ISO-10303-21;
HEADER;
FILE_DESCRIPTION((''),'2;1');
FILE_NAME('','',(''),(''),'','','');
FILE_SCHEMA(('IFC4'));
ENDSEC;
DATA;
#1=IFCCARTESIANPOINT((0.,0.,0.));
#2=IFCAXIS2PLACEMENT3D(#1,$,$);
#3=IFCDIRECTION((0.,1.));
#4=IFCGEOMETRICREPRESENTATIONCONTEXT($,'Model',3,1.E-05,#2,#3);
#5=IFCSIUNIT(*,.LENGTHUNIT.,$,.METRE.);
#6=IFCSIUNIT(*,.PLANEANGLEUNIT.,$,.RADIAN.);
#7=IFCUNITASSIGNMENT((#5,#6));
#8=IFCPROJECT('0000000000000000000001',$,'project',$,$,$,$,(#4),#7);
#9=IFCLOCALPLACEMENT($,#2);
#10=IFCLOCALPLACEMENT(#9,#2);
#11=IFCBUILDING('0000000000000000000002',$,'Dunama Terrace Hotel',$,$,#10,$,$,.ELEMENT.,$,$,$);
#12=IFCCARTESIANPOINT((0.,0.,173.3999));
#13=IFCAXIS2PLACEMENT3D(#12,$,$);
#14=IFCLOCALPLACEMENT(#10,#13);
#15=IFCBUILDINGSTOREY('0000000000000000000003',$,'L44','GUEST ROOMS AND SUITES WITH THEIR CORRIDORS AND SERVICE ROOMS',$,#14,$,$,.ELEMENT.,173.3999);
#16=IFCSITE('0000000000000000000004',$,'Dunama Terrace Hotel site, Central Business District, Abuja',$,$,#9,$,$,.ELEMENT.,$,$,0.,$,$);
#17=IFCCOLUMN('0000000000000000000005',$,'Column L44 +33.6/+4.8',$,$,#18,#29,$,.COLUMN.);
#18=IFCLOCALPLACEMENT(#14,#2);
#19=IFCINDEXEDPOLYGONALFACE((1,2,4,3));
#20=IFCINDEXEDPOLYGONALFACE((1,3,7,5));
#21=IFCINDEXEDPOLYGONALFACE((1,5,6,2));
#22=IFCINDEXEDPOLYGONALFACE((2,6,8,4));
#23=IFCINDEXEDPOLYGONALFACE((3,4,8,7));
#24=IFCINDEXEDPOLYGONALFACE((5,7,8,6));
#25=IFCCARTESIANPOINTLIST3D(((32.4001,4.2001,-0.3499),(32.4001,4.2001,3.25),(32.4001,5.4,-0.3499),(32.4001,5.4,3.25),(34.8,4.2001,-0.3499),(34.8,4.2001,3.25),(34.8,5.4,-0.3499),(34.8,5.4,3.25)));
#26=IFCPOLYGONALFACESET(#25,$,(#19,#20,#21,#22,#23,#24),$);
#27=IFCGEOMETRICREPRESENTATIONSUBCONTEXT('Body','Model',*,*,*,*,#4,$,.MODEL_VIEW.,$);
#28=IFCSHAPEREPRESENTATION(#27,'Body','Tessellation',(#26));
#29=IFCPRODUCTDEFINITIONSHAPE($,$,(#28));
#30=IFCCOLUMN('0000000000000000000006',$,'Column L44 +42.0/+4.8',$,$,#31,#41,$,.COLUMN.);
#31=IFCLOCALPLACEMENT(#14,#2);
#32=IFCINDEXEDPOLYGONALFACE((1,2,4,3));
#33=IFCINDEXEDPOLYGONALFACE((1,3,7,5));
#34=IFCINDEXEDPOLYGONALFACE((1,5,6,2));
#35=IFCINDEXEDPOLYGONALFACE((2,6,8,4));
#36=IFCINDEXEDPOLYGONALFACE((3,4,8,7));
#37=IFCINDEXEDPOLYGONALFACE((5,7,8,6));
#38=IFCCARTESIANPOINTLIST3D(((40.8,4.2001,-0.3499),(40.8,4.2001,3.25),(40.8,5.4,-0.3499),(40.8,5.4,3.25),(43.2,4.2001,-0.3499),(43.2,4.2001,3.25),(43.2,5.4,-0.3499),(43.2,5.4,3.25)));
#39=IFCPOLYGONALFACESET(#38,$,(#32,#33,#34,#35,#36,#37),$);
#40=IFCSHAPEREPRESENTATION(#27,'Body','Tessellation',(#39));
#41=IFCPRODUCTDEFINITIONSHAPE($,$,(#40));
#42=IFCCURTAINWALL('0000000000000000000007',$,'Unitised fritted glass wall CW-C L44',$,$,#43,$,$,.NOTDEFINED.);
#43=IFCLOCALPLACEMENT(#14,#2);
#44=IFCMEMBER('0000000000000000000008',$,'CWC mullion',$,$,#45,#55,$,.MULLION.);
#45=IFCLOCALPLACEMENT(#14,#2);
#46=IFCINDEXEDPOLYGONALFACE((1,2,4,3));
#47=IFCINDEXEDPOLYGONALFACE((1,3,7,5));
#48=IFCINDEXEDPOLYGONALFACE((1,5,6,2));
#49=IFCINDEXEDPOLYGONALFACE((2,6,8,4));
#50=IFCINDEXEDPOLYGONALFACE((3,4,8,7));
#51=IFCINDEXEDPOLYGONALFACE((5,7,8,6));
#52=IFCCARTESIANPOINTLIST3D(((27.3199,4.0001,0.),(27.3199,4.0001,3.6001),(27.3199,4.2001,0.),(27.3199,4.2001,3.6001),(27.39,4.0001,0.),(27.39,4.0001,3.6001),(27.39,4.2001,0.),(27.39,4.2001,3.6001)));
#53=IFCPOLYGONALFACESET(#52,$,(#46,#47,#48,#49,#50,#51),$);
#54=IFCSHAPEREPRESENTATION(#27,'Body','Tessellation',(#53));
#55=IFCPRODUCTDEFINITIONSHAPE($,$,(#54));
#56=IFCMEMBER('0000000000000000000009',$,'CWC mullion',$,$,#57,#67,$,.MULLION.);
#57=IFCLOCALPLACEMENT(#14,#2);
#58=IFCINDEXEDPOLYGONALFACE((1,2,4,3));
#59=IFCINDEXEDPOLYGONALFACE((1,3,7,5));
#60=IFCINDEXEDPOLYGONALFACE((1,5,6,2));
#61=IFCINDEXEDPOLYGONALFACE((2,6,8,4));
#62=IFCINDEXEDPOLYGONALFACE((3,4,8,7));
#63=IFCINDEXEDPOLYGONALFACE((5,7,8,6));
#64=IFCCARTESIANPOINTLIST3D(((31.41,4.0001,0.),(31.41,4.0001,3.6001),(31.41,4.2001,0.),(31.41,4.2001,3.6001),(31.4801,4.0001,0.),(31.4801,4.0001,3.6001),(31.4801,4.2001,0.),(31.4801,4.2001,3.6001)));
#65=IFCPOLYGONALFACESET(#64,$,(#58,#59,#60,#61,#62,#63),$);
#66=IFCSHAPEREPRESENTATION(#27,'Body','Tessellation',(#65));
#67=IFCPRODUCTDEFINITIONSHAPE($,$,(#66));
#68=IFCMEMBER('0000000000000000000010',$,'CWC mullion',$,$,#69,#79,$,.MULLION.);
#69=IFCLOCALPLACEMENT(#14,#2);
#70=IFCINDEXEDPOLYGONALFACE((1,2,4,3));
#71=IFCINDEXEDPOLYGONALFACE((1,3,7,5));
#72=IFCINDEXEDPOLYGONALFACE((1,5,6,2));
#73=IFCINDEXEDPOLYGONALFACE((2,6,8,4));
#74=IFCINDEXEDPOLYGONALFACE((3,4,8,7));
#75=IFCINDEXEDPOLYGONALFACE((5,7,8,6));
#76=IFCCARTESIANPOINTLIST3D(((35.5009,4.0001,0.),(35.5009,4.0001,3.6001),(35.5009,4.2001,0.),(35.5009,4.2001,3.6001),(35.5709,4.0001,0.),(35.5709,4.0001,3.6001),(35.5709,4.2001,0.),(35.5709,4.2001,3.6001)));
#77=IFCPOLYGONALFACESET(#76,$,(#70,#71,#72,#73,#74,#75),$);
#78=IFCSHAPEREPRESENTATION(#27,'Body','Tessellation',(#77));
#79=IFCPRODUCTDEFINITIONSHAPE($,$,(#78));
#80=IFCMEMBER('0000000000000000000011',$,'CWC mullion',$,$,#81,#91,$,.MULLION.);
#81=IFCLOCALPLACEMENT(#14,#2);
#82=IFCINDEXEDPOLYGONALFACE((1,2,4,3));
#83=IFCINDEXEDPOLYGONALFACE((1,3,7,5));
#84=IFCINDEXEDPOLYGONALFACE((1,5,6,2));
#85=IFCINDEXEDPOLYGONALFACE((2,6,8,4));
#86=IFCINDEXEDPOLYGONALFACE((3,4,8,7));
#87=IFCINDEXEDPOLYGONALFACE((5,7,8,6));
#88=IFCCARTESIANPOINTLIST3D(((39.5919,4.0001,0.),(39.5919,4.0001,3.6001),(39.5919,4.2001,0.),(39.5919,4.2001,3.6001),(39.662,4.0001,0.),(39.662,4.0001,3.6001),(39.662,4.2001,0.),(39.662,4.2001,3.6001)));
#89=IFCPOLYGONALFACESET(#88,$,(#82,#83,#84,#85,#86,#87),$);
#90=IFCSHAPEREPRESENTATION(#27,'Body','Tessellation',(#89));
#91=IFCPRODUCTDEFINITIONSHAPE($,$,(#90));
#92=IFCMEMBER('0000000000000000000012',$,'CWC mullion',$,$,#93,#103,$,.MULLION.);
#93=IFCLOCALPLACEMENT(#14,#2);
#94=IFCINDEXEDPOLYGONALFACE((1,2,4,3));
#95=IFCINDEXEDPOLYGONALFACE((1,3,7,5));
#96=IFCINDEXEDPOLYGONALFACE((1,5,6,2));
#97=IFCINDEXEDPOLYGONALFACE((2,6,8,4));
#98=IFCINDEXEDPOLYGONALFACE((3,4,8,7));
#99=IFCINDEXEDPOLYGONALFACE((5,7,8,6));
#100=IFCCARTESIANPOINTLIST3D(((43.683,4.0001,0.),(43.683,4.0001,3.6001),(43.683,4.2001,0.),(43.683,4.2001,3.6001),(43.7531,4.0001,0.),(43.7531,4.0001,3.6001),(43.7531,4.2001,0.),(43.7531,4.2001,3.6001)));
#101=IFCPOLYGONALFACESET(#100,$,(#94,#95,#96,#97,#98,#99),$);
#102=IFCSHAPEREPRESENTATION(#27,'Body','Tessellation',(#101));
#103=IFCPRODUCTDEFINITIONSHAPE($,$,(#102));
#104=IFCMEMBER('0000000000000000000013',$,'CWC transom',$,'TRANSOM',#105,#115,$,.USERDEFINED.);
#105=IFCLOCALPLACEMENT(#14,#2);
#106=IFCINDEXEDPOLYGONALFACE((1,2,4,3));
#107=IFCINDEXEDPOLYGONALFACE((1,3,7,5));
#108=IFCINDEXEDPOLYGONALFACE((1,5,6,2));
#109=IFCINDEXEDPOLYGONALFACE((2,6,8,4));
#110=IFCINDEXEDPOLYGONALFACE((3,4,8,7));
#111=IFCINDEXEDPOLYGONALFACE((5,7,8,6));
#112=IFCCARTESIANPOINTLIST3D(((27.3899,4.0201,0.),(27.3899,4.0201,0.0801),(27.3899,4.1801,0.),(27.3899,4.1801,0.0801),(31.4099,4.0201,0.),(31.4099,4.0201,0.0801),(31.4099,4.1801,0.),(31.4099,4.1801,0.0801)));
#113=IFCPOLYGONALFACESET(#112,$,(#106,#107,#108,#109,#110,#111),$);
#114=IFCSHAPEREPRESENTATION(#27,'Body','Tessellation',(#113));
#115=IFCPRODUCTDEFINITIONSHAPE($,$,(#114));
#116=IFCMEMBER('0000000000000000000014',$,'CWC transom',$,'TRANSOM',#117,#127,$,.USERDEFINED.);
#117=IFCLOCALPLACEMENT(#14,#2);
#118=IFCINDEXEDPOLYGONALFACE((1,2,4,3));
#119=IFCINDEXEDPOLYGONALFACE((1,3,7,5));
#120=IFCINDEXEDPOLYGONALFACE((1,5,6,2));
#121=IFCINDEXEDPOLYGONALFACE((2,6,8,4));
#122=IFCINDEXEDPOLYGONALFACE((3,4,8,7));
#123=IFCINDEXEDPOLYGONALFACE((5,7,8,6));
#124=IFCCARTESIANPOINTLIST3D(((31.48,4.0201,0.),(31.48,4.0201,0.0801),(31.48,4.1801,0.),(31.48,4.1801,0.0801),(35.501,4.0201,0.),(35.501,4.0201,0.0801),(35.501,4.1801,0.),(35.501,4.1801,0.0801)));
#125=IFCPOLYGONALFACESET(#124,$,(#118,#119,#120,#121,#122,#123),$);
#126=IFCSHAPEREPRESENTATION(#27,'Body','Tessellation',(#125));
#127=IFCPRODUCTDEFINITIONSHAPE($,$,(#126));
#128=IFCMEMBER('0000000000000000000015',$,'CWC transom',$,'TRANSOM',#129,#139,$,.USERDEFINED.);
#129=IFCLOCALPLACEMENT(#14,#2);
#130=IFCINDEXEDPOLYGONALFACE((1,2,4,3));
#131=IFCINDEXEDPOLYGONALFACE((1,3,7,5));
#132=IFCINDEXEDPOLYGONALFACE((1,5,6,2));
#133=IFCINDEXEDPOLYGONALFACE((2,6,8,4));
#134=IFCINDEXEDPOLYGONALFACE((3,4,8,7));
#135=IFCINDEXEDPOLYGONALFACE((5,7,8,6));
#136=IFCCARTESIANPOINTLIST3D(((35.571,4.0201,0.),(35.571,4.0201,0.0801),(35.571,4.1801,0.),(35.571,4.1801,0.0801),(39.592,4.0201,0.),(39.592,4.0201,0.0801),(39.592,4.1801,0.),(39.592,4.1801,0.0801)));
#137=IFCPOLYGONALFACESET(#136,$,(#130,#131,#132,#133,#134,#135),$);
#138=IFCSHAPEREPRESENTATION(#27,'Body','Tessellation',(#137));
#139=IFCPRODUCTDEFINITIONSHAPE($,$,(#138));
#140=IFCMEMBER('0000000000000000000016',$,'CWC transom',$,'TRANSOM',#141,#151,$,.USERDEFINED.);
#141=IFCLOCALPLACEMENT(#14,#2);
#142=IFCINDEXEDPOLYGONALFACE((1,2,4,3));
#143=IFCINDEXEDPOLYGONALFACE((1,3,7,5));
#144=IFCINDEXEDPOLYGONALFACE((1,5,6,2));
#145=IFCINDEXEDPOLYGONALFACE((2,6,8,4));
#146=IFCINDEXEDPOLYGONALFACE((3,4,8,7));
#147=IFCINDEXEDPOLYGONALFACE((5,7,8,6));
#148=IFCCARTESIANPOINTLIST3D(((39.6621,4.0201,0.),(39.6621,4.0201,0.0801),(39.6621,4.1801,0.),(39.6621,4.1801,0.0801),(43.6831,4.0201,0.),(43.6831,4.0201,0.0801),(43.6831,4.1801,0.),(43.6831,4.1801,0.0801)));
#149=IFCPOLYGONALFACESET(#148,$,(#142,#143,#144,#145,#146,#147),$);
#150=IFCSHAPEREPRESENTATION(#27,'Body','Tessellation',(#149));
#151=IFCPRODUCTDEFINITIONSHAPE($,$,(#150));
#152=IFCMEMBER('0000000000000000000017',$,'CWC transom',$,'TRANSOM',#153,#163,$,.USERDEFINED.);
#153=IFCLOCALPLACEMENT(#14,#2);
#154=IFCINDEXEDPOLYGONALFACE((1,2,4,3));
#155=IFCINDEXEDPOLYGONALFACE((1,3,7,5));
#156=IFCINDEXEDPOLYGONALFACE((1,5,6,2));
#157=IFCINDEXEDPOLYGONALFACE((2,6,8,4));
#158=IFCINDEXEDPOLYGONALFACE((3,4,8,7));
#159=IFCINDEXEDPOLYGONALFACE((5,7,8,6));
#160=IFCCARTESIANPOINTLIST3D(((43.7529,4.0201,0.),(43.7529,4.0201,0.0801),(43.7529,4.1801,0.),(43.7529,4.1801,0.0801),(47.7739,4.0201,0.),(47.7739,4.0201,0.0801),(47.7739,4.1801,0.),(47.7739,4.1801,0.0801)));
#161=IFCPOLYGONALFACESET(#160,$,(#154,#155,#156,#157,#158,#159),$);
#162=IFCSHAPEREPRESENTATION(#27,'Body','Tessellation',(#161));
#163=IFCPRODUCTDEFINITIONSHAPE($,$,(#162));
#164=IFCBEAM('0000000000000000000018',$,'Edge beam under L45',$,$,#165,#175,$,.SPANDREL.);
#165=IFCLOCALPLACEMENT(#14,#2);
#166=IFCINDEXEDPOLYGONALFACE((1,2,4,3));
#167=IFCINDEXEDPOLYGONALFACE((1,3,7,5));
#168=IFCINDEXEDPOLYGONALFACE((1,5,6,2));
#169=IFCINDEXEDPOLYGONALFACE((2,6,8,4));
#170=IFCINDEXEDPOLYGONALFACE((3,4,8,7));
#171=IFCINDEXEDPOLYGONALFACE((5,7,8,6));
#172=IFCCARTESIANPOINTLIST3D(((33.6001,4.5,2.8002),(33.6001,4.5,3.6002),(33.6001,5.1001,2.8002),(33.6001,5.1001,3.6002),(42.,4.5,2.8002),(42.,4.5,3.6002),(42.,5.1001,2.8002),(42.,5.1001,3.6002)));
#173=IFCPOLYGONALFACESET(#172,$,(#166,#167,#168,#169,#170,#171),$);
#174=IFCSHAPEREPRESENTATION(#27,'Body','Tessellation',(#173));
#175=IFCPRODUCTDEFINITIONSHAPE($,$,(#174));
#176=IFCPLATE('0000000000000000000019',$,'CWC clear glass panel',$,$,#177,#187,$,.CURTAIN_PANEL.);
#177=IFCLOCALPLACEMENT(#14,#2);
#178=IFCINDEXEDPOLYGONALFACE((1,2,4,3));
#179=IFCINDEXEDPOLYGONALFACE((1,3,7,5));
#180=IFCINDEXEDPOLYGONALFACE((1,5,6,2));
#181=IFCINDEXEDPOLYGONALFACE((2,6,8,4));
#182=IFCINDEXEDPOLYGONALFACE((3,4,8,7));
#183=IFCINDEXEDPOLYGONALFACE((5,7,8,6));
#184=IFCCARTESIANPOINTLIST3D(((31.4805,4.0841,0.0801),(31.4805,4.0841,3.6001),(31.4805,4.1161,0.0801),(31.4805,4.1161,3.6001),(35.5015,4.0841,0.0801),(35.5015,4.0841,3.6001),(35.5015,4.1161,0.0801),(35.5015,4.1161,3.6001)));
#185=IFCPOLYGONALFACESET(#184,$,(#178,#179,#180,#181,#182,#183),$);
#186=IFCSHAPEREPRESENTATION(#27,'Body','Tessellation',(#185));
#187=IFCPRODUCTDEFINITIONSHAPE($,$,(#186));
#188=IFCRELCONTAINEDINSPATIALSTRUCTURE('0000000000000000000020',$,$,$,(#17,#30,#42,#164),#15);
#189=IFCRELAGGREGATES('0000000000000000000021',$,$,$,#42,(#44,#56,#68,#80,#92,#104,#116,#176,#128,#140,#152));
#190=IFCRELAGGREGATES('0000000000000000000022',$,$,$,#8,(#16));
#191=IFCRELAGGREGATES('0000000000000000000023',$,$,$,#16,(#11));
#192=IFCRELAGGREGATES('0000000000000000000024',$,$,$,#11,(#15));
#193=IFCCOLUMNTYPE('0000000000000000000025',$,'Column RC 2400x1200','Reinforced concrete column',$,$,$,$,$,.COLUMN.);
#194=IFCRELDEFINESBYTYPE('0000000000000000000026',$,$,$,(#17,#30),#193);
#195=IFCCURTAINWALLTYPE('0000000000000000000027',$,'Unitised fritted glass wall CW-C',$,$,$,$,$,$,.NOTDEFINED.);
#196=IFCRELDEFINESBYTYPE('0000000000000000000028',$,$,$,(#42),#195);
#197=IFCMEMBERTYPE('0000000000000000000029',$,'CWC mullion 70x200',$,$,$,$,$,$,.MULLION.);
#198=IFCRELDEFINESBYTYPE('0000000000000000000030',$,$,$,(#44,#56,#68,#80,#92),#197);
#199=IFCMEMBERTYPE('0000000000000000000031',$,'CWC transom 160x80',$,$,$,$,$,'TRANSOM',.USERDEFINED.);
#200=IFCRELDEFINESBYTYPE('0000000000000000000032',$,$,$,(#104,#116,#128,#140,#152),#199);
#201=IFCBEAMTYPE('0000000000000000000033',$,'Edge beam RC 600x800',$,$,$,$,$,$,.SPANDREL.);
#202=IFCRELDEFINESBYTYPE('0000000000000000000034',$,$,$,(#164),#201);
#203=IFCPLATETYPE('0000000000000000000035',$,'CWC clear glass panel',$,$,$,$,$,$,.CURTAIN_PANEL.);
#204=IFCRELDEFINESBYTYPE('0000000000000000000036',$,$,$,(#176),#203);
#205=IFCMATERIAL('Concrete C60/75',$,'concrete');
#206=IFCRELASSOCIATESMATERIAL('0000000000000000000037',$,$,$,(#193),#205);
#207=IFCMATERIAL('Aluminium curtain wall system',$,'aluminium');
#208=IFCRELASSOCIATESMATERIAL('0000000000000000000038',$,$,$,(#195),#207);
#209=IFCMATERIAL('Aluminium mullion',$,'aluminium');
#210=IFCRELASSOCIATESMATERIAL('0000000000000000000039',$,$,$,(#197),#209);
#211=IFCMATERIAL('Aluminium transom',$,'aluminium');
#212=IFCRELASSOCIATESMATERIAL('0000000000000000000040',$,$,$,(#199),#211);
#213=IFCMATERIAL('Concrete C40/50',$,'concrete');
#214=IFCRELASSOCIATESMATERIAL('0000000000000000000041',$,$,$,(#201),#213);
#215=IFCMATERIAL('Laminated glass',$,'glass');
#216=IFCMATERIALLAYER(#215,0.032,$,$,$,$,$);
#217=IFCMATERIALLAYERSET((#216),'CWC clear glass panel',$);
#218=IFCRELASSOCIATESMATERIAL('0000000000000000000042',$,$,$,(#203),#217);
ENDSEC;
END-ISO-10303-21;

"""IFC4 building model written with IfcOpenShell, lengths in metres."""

from ifc_helpers import new_model, si_unit, direction, frame, origin, origin_2d, place, context, subcontext, project, spatial, rectangle, extrude, material, layer, layer_set, material_profile, profile_set, type_object, element, aggregate, save


model = new_model("IFC4")

# Units and contexts
model_context = context("Model", 3, precision=1e-05, world=origin(), true_north=direction((0.0, 1.0)))
body_context = subcontext(model_context, "Body", "Model", "MODEL_VIEW")
ifc_project = project(units=[si_unit("LENGTHUNIT", "METRE"), si_unit("PLANEANGLEUNIT", "RADIAN")], contexts=[model_context])

# Site, building, storey
site_placement = place(None, origin())
site = spatial("IfcSite", under=ifc_project, at=site_placement, Name="Dunama Terrace Hotel site, Central Business District, Abuja", CompositionType="ELEMENT", RefElevation=0.0)
building_placement = place(site_placement, origin())
building = spatial("IfcBuilding", under=site, at=building_placement, Name="Dunama Terrace Hotel", CompositionType="ELEMENT")
storey_placement = place(building_placement, frame((0.0, 0.0, 173.3999)))
storey = spatial("IfcBuildingStorey", under=building, at=storey_placement, Name="L44", Description="GUEST ROOMS AND SUITES WITH THEIR CORRIDORS AND SERVICE ROOMS", CompositionType="ELEMENT", Elevation=173.3999)

# Columns
ifc_material_1 = material(Name="Concrete C60/75", Category="concrete")
ifc_material_profile_1 = material_profile(ifc_material_1, rectangle(XDim=2.3999, YDim=1.2, at=origin_2d()), Name="RC 2400x1200")
ifc_profile_set_1 = profile_set([ifc_material_profile_1], Name="Concrete C60/75")
column_type = type_object("IfcColumnType", Name="Column RC 2400x1200", Description="Reinforced concrete column", PredefinedType="COLUMN", material=ifc_profile_set_1)
for number, where, z_axis, x_axis, name in (
    (1, (33.6001, 4.8, -0.3499), (0.0, 0.0, 1.0), (1.0, 0.0, 0.0), "Column L44 +33.6/+4.8"),
    (2, (42.0, 4.8, -0.3499), (0.0, 0.0, 1.0), (1.0, 0.0, 0.0), "Column L44 +42.0/+4.8"),
):
    element("IfcColumn", number, at=place(storey_placement, frame(where, z_axis=z_axis, x_axis=x_axis)), inside=storey, type_object=column_type, Name=name, PredefinedType="COLUMN", context=body_context, shape_type="SweptSolid", body=[
        extrude(rectangle(XDim=2.3999, YDim=1.2, at=origin_2d()), origin(), (0.0, 0.0, 1.0), 3.5999),
    ])

# Curtain wall, members
ifc_material_2 = material(Name="Aluminium curtain wall system", Category="aluminium")
curtain_wall_type = type_object("IfcCurtainWallType", Name="Unitised fritted glass wall CW-C", PredefinedType="NOTDEFINED", material=ifc_material_2)
curtain_wall_placement = place(storey_placement, origin())
curtain_wall = element("IfcCurtainWall", 3, at=curtain_wall_placement, inside=storey, type_object=curtain_wall_type, Name="Unitised fritted glass wall CW-C L44", PredefinedType="NOTDEFINED")
ifc_material_3 = material(Name="Aluminium mullion", Category="aluminium")
ifc_material_profile_2 = material_profile(ifc_material_3, rectangle(XDim=0.0701, YDim=0.2, at=origin_2d()), Name="CWC MULLION 70X200")
ifc_profile_set_2 = profile_set([ifc_material_profile_2], Name="Aluminium mullion")
member_type_1 = type_object("IfcMemberType", Name="CWC mullion 70x200", PredefinedType="MULLION", material=ifc_profile_set_2)
member_1_placement = place(storey_placement, frame((27.355, 4.1001, 0.0), z_axis=(0.0, 0.0, 1.0), x_axis=(1.0, 0.0, 0.0)))
member_1 = element("IfcMember", 4, at=member_1_placement, type_object=member_type_1, Name="CWC mullion", PredefinedType="MULLION", context=body_context, shape_type="SweptSolid", body=[
    extrude(rectangle(XDim=0.0701, YDim=0.2, at=origin_2d()), origin(), (0.0, 0.0, 1.0), 3.6001),
])
member_2_placement = place(storey_placement, frame((31.4451, 4.1001, 0.0), z_axis=(0.0, 0.0, 1.0), x_axis=(1.0, 0.0, 0.0)))
member_2 = element("IfcMember", 5, at=member_2_placement, type_object=member_type_1, Name="CWC mullion", PredefinedType="MULLION", context=body_context, shape_type="SweptSolid", body=[
    extrude(rectangle(XDim=0.0701, YDim=0.2, at=origin_2d()), origin(), (0.0, 0.0, 1.0), 3.6001),
])
member_3_placement = place(storey_placement, frame((35.5359, 4.1001, 0.0), z_axis=(0.0, 0.0, 1.0), x_axis=(1.0, 0.0, 0.0)))
member_3 = element("IfcMember", 6, at=member_3_placement, type_object=member_type_1, Name="CWC mullion", PredefinedType="MULLION", context=body_context, shape_type="SweptSolid", body=[
    extrude(rectangle(XDim=0.0701, YDim=0.2, at=origin_2d()), origin(), (0.0, 0.0, 1.0), 3.6001),
])
member_4_placement = place(storey_placement, frame((39.627, 4.1001, 0.0), z_axis=(0.0, 0.0, 1.0), x_axis=(1.0, 0.0, 0.0)))
member_4 = element("IfcMember", 7, at=member_4_placement, type_object=member_type_1, Name="CWC mullion", PredefinedType="MULLION", context=body_context, shape_type="SweptSolid", body=[
    extrude(rectangle(XDim=0.0701, YDim=0.2, at=origin_2d()), origin(), (0.0, 0.0, 1.0), 3.6001),
])
member_5_placement = place(storey_placement, frame((43.718, 4.1001, 0.0), z_axis=(0.0, 0.0, 1.0), x_axis=(1.0, 0.0, 0.0)))
member_5 = element("IfcMember", 8, at=member_5_placement, type_object=member_type_1, Name="CWC mullion", PredefinedType="MULLION", context=body_context, shape_type="SweptSolid", body=[
    extrude(rectangle(XDim=0.0701, YDim=0.2, at=origin_2d()), origin(), (0.0, 0.0, 1.0), 3.6001),
])
ifc_material_4 = material(Name="Aluminium transom", Category="aluminium")
ifc_material_profile_3 = material_profile(ifc_material_4, rectangle(XDim=0.1599, YDim=0.0801, at=origin_2d()), Name="CWC TRANSOM 160X80")
ifc_profile_set_3 = profile_set([ifc_material_profile_3], Name="Aluminium transom")
member_type_2 = type_object("IfcMemberType", Name="CWC transom 160x80", ElementType="TRANSOM", PredefinedType="USERDEFINED", material=ifc_profile_set_3)
member_6_placement = place(storey_placement, frame((27.3899, 4.1001, 0.04), z_axis=(1.0, 0.0, 0.0), x_axis=(0.0, 1.0, 0.0)))
member_6 = element("IfcMember", 9, at=member_6_placement, type_object=member_type_2, Name="CWC transom", ObjectType="TRANSOM", PredefinedType="USERDEFINED", context=body_context, shape_type="SweptSolid", body=[
    extrude(rectangle(XDim=0.1599, YDim=0.0801, at=origin_2d()), origin(), (0.0, 0.0, 1.0), 4.02),
])
member_7_placement = place(storey_placement, frame((31.48, 4.1001, 0.04), z_axis=(1.0, 0.0, 0.0), x_axis=(0.0, 1.0, 0.0)))
member_7 = element("IfcMember", 10, at=member_7_placement, type_object=member_type_2, Name="CWC transom", ObjectType="TRANSOM", PredefinedType="USERDEFINED", context=body_context, shape_type="SweptSolid", body=[
    extrude(rectangle(XDim=0.1599, YDim=0.0801, at=origin_2d()), origin(), (0.0, 0.0, 1.0), 4.021),
])
member_8_placement = place(storey_placement, frame((35.571, 4.1001, 0.04), z_axis=(1.0, 0.0, 0.0), x_axis=(0.0, 1.0, 0.0)))
member_8 = element("IfcMember", 11, at=member_8_placement, type_object=member_type_2, Name="CWC transom", ObjectType="TRANSOM", PredefinedType="USERDEFINED", context=body_context, shape_type="SweptSolid", body=[
    extrude(rectangle(XDim=0.1599, YDim=0.0801, at=origin_2d()), origin(), (0.0, 0.0, 1.0), 4.021),
])
member_9_placement = place(storey_placement, frame((39.6621, 4.1001, 0.04), z_axis=(1.0, 0.0, 0.0), x_axis=(0.0, 1.0, 0.0)))
member_9 = element("IfcMember", 12, at=member_9_placement, type_object=member_type_2, Name="CWC transom", ObjectType="TRANSOM", PredefinedType="USERDEFINED", context=body_context, shape_type="SweptSolid", body=[
    extrude(rectangle(XDim=0.1599, YDim=0.0801, at=origin_2d()), origin(), (0.0, 0.0, 1.0), 4.021),
])
member_10_placement = place(storey_placement, frame((43.7529, 4.1001, 0.04), z_axis=(1.0, 0.0, 0.0), x_axis=(0.0, 1.0, 0.0)))
member_10 = element("IfcMember", 13, at=member_10_placement, type_object=member_type_2, Name="CWC transom", ObjectType="TRANSOM", PredefinedType="USERDEFINED", context=body_context, shape_type="SweptSolid", body=[
    extrude(rectangle(XDim=0.1599, YDim=0.0801, at=origin_2d()), origin(), (0.0, 0.0, 1.0), 4.021),
])

# Beam
ifc_material_5 = material(Name="Concrete C40/50", Category="concrete")
ifc_material_profile_4 = material_profile(ifc_material_5, rectangle(XDim=0.6001, YDim=0.8, at=origin_2d()), Name="RC 600x800")
ifc_profile_set_4 = profile_set([ifc_material_profile_4], Name="Concrete C40/50")
beam_type = type_object("IfcBeamType", Name="Edge beam RC 600x800", PredefinedType="SPANDREL", material=ifc_profile_set_4)
beam_placement = place(storey_placement, frame((33.6001, 4.8, 3.2002), z_axis=(1.0, 0.0, 0.0), x_axis=(0.0, 1.0, 0.0)))
element("IfcBeam", 14, at=beam_placement, inside=storey, type_object=beam_type, Name="Edge beam under L45", PredefinedType="SPANDREL", context=body_context, shape_type="SweptSolid", body=[
    extrude(rectangle(XDim=0.6001, YDim=0.8, at=origin_2d()), origin(), (0.0, 0.0, 1.0), 8.3999),
])

# Plate
ifc_material_6 = material(Name="Laminated glass", Category="glass")
ifc_layer_1 = layer(ifc_material_6, 0.032)
ifc_layer_set_1 = layer_set([ifc_layer_1], Name="CWC clear glass panel")
plate_type_1 = type_object("IfcPlateType", Name="CWC clear glass panel", PredefinedType="CURTAIN_PANEL", material=ifc_layer_set_1)
plate_1_placement = place(storey_placement, frame((33.491, 4.1001, 0.0801), z_axis=(0.0, 0.0, 1.0), x_axis=(1.0, 0.0, 0.0)))
plate_1 = element("IfcPlate", 15, at=plate_1_placement, type_object=plate_type_1, Name="CWC clear glass panel", PredefinedType="CURTAIN_PANEL", context=body_context, shape_type="SweptSolid", body=[
    extrude(rectangle(XDim=4.021, YDim=0.032, at=origin_2d()), origin(), (0.0, 0.0, 1.0), 3.52),
])
aggregate(curtain_wall, [member_1, member_2, member_3, member_4, member_5, member_6, member_7, plate_1, member_8, member_9, member_10])

save(model, "model.ifc")
